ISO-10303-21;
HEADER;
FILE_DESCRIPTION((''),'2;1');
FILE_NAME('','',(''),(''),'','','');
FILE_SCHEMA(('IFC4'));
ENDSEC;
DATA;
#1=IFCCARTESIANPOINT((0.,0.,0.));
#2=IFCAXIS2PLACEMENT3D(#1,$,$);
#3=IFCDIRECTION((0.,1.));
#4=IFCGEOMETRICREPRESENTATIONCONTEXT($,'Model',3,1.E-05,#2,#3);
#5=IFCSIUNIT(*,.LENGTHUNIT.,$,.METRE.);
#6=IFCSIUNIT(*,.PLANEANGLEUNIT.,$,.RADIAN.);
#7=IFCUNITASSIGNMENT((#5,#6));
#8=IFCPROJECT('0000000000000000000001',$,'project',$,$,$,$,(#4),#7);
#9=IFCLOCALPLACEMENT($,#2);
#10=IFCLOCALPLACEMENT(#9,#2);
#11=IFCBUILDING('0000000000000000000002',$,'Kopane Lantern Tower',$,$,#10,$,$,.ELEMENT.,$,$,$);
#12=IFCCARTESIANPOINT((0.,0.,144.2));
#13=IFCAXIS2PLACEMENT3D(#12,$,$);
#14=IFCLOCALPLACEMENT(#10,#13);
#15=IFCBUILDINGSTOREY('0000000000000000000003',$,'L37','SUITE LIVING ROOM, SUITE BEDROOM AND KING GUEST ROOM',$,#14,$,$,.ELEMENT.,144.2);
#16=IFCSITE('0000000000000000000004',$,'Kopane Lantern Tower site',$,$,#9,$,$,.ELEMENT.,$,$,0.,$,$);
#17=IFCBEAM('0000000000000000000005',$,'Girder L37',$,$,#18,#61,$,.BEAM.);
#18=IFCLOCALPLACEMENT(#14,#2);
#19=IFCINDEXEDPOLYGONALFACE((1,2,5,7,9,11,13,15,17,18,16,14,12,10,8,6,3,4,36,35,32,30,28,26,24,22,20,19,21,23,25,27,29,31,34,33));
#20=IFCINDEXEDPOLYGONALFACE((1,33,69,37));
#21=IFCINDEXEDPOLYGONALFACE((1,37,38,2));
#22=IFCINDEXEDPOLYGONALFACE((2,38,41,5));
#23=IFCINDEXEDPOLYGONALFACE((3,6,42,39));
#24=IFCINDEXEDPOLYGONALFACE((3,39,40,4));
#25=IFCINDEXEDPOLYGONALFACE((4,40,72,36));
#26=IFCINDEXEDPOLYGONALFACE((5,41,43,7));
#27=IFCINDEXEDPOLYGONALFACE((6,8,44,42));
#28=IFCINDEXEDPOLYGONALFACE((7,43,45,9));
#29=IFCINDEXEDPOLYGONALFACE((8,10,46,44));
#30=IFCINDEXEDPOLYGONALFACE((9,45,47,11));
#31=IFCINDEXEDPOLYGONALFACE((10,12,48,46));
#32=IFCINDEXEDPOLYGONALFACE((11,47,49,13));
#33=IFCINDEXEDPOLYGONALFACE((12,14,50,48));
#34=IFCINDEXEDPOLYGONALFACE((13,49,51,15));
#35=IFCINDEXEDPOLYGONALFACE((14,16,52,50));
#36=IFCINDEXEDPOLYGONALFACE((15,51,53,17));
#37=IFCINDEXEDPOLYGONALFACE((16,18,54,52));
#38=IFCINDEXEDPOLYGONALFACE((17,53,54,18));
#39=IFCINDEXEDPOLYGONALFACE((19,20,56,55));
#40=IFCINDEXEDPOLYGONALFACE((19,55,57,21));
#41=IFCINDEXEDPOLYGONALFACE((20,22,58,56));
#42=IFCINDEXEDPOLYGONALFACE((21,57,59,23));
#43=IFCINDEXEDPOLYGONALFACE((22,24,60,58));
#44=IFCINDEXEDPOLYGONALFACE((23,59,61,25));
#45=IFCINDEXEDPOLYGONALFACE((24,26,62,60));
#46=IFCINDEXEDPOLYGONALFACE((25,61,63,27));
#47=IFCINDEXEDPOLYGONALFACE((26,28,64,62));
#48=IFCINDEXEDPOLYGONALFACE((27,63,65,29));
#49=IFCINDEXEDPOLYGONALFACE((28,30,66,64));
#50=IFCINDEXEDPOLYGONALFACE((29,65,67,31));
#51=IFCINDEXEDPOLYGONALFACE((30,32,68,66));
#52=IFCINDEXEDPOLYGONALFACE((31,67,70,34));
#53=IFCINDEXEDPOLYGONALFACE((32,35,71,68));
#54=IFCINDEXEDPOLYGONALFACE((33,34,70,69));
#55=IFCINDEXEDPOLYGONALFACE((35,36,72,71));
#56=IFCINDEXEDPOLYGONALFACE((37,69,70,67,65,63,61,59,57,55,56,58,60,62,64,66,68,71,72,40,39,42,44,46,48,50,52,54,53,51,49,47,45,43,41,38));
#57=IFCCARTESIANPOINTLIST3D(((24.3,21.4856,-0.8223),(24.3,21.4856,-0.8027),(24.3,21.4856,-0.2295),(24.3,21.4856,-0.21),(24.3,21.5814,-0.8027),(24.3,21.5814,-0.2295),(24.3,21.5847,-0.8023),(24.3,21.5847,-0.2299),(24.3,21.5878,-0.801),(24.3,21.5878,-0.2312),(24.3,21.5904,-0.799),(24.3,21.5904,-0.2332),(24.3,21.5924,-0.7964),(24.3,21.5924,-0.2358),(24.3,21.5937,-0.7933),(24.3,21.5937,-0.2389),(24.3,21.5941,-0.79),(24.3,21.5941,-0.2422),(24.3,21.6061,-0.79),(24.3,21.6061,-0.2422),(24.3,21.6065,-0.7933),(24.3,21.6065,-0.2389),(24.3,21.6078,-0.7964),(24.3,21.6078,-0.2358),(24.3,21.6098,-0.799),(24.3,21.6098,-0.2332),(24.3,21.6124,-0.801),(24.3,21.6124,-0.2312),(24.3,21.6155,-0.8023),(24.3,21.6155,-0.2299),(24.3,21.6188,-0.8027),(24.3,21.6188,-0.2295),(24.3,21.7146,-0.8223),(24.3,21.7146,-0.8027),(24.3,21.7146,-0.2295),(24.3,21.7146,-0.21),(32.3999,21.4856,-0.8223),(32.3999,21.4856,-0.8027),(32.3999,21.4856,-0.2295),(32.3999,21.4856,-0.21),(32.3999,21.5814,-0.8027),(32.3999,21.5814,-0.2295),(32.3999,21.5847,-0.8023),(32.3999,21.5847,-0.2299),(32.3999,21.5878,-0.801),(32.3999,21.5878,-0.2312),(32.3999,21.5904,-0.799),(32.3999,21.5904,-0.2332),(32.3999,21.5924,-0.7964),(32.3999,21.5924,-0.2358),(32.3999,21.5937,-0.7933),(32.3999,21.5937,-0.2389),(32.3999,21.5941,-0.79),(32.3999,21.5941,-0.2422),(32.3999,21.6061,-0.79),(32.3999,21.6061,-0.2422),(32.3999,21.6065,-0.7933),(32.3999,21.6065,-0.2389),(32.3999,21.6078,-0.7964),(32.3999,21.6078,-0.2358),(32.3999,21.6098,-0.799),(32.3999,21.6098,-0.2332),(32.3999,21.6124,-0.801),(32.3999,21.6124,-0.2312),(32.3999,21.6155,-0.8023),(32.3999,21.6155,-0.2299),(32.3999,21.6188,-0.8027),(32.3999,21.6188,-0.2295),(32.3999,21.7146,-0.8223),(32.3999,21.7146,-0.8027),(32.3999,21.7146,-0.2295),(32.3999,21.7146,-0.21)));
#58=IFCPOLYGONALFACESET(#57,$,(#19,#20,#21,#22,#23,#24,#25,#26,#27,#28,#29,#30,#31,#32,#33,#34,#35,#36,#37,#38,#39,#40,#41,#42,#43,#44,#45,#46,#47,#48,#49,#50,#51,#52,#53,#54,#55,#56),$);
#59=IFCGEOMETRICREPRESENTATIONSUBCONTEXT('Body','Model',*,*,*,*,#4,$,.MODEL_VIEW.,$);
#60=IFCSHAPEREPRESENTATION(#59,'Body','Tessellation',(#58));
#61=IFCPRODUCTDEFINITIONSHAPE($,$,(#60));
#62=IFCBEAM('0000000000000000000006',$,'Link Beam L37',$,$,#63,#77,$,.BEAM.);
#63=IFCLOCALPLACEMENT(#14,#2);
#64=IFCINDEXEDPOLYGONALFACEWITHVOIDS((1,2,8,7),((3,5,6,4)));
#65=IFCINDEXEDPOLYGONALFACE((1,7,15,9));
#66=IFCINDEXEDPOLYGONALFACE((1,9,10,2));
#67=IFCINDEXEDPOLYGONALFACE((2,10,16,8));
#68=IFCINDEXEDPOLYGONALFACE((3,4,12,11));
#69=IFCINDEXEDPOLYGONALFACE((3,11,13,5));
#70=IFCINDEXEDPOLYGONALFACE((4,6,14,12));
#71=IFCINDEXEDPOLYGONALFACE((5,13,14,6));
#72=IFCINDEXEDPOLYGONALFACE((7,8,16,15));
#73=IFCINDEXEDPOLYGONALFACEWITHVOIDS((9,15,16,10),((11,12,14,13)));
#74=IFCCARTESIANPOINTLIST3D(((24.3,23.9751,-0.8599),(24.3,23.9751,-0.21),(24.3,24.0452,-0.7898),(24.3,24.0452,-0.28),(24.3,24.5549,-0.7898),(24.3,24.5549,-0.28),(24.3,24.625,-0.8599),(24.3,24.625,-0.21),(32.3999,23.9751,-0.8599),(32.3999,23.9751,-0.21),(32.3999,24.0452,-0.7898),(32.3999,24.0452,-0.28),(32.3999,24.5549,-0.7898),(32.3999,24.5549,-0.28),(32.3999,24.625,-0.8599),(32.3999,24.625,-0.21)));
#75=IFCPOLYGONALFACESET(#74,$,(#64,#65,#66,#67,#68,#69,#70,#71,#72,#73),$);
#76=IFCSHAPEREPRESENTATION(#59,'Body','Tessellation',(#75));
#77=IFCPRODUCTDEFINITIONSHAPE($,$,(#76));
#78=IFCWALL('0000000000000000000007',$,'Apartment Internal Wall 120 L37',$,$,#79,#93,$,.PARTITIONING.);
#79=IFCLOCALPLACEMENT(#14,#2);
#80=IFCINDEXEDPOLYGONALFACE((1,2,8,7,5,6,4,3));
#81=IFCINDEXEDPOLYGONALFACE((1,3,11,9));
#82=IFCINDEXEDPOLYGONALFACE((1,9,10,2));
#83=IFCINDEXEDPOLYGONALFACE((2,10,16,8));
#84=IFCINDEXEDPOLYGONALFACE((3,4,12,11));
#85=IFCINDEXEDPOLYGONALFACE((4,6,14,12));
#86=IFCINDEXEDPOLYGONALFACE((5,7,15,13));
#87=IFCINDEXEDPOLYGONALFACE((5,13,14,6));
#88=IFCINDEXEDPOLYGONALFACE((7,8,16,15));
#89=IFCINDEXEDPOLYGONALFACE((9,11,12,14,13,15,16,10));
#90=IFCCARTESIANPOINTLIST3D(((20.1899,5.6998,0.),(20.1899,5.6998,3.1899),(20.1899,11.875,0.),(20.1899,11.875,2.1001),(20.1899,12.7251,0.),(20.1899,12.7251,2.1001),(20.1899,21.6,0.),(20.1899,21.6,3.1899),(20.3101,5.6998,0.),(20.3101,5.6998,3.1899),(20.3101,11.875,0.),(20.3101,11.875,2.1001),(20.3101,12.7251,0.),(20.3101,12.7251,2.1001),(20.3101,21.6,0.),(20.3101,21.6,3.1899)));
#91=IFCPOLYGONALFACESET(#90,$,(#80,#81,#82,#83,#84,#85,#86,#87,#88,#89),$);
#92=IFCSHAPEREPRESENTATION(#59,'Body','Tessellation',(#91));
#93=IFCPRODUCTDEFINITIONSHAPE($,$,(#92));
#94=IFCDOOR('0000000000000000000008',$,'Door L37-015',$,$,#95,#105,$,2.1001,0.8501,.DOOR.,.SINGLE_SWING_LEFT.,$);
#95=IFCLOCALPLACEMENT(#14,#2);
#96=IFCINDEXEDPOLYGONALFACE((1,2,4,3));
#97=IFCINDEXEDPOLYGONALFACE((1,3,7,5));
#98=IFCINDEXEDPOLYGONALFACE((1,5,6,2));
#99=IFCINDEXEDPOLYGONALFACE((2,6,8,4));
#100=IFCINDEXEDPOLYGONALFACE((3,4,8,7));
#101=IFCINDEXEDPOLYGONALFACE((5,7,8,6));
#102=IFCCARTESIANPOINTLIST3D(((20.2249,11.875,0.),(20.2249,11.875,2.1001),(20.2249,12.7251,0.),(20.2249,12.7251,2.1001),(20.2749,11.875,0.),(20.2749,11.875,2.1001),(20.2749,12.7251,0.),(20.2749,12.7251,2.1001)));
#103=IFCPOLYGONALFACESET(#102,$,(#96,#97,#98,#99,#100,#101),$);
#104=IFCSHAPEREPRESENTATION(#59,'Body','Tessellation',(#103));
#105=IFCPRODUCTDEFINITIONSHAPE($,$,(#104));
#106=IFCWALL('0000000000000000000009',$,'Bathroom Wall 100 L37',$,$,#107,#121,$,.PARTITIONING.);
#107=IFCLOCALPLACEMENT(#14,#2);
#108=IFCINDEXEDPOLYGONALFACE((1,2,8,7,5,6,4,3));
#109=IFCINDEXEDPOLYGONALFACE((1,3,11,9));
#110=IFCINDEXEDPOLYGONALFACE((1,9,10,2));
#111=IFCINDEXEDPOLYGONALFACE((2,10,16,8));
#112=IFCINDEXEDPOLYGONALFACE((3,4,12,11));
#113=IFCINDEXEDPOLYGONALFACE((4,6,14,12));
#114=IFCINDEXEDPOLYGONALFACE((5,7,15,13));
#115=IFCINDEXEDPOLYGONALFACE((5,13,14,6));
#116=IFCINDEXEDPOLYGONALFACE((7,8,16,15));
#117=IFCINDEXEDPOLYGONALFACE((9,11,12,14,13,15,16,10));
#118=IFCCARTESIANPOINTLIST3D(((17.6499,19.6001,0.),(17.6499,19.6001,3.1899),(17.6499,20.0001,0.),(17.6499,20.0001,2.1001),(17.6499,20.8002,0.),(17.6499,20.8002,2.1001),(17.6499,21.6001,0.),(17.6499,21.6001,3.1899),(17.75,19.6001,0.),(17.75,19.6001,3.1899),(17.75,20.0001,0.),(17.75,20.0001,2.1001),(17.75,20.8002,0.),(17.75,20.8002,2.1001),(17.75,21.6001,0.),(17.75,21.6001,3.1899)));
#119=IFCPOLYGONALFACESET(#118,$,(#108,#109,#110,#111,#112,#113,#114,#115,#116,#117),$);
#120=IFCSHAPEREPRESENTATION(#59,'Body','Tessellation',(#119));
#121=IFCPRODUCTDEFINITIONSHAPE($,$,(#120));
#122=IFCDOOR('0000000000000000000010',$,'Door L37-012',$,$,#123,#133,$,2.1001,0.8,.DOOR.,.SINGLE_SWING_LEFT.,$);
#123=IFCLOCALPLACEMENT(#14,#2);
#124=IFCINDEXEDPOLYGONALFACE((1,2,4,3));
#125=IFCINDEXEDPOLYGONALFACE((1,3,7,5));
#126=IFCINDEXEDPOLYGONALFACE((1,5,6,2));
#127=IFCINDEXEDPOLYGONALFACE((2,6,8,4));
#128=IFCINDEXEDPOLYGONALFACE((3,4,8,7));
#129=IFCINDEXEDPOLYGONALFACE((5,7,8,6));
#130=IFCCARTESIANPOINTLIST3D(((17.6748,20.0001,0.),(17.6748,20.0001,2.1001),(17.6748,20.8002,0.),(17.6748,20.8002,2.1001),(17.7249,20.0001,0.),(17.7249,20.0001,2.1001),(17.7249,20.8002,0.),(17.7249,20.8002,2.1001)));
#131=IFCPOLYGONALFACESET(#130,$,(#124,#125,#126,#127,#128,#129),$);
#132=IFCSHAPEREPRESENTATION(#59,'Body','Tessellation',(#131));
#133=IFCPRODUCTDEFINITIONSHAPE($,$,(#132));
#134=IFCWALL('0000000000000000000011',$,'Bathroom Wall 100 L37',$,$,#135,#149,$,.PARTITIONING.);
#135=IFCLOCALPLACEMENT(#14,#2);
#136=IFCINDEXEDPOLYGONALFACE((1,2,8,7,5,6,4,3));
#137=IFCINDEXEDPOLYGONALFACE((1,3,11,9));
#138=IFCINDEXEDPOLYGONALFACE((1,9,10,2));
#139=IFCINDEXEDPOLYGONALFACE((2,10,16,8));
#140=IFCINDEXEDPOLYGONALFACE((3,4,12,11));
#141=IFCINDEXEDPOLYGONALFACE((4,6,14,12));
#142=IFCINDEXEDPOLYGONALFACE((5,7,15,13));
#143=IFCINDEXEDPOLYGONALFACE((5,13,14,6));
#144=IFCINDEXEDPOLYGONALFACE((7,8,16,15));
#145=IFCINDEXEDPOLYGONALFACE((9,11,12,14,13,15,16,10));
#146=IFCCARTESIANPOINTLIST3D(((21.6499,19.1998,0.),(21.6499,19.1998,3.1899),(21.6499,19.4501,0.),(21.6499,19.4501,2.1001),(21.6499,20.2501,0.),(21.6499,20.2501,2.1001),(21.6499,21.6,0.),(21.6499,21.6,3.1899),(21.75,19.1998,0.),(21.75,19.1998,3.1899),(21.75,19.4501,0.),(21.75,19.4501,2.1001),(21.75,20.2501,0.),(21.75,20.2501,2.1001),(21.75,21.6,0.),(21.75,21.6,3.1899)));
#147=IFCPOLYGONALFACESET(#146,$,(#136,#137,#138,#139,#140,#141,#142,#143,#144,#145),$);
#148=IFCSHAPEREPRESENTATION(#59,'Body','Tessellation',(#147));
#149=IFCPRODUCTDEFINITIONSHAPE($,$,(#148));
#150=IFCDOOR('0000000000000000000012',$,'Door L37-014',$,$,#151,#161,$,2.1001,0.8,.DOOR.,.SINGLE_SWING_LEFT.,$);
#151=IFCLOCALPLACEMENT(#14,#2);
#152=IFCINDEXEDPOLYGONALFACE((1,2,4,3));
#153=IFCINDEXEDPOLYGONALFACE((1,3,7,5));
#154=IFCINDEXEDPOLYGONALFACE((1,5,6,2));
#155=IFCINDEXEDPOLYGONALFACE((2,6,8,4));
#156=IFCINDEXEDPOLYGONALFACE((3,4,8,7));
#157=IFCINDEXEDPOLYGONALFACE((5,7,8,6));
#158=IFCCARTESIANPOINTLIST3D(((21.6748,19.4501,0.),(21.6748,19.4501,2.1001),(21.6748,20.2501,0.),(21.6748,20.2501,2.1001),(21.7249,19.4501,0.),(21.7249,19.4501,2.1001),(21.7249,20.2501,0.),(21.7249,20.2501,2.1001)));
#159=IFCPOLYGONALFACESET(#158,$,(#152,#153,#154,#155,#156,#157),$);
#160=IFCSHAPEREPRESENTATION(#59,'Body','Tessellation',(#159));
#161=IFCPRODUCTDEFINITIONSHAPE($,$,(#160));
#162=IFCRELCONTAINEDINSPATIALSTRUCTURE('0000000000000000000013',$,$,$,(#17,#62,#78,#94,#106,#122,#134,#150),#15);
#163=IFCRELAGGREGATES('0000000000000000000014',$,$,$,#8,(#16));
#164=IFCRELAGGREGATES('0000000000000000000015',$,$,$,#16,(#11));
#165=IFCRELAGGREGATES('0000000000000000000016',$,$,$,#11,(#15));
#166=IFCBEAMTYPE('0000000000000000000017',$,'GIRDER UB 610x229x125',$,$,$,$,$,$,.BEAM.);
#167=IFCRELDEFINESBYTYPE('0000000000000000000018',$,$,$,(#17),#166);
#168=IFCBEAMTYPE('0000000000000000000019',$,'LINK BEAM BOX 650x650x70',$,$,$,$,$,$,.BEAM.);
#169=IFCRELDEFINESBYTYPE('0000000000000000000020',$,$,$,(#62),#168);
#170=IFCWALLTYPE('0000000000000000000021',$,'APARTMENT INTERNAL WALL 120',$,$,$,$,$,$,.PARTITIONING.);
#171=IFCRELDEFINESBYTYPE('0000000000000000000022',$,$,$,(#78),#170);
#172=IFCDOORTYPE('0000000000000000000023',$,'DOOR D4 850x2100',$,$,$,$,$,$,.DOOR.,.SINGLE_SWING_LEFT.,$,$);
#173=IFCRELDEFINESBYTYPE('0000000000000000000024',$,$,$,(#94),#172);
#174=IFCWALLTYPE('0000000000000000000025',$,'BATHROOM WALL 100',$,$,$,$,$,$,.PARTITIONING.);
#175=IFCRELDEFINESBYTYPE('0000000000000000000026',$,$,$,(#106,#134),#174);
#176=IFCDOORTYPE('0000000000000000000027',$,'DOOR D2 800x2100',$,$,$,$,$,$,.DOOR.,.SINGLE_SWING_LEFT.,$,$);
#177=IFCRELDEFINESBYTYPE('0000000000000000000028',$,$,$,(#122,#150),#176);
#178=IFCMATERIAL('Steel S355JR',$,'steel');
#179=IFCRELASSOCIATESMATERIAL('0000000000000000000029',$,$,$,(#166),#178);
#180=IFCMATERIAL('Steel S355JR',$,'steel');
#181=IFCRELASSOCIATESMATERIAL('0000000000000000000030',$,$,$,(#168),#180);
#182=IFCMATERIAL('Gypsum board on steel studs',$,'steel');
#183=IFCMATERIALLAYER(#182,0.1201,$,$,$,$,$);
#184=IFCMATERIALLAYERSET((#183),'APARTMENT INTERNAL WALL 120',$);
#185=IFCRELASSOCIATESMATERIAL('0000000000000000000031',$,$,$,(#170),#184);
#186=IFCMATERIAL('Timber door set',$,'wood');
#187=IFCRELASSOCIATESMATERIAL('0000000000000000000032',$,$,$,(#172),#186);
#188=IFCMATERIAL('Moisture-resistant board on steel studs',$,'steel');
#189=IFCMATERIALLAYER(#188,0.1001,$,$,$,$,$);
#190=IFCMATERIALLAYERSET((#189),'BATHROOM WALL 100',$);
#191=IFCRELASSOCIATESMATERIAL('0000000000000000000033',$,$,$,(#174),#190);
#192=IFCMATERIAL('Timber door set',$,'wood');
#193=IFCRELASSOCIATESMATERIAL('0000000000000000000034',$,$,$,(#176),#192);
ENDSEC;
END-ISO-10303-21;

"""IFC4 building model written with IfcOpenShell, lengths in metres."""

from ifc_helpers import new_model, si_unit, direction, frame, frame_2d, origin, origin_2d, place, context, subcontext, project, spatial, rectangle, hollow_rectangle, i_section, extrude, material, layer, layer_set, material_profile, profile_set, type_object, element, fill, save


model = new_model("IFC4")

# Units and contexts
model_context = context("Model", 3, precision=1e-05, world=origin(), true_north=direction((0.0, 1.0)))
body_context = subcontext(model_context, "Body", "Model", "MODEL_VIEW")
ifc_project = project(units=[si_unit("LENGTHUNIT", "METRE"), si_unit("PLANEANGLEUNIT", "RADIAN")], contexts=[model_context])

# Site, building, storey
site_placement = place(None, origin())
site = spatial("IfcSite", under=ifc_project, at=site_placement, Name="Kopane Lantern Tower site", CompositionType="ELEMENT", RefElevation=0.0)
building_placement = place(site_placement, origin())
building = spatial("IfcBuilding", under=site, at=building_placement, Name="Kopane Lantern Tower", CompositionType="ELEMENT")
storey_placement = place(building_placement, frame((0.0, 0.0, 144.2)))
storey = spatial("IfcBuildingStorey", under=building, at=storey_placement, Name="L37", Description="SUITE LIVING ROOM, SUITE BEDROOM AND KING GUEST ROOM", CompositionType="ELEMENT", Elevation=144.2)

# Beams
ifc_material_1 = material(Name="Steel S355JR", Category="steel")
ifc_material_profile_1 = material_profile(ifc_material_1, i_section(OverallWidth=0.229, OverallDepth=0.6123, WebThickness=0.012, FlangeThickness=0.0195, FilletRadius=0.0127, at=origin_2d()), Name="UB 610x229x125")
ifc_profile_set_1 = profile_set([ifc_material_profile_1], Name="Steel S355JR")
beam_type_1 = type_object("IfcBeamType", Name="GIRDER UB 610x229x125", PredefinedType="BEAM", material=ifc_profile_set_1)
beam_1_placement = place(storey_placement, frame((24.3, 21.6001, -0.5161), z_axis=(1.0, 0.0, 0.0), x_axis=(0.0, 1.0, 0.0)))
element("IfcBeam", 1, at=beam_1_placement, inside=storey, type_object=beam_type_1, Name="Girder L37", PredefinedType="BEAM", context=body_context, shape_type="SweptSolid", body=[
    extrude(i_section(OverallWidth=0.229, OverallDepth=0.6123, WebThickness=0.012, FlangeThickness=0.0195, FilletRadius=0.0127, at=origin_2d()), origin(), (0.0, 0.0, 1.0), 8.0999),
])
ifc_material_2 = material(Name="Steel S355JR", Category="steel")
ifc_material_profile_2 = material_profile(ifc_material_2, hollow_rectangle(XDim=0.6499, YDim=0.6499, WallThickness=0.0701, at=origin_2d()), Name="BOX 650x650x70")
ifc_profile_set_2 = profile_set([ifc_material_profile_2], Name="Steel S355JR")
beam_type_2 = type_object("IfcBeamType", Name="LINK BEAM BOX 650x650x70", PredefinedType="BEAM", material=ifc_profile_set_2)
beam_2_placement = place(storey_placement, frame((24.3, 24.3, -0.5349), z_axis=(1.0, 0.0, 0.0), x_axis=(0.0, 1.0, 0.0)))
element("IfcBeam", 2, at=beam_2_placement, inside=storey, type_object=beam_type_2, Name="Link Beam L37", PredefinedType="BEAM", context=body_context, shape_type="SweptSolid", body=[
    extrude(hollow_rectangle(XDim=0.6499, YDim=0.6499, WallThickness=0.0701, at=origin_2d()), origin(), (0.0, 0.0, 1.0), 8.0999),
])

# Walls, openings, doors
ifc_material_3 = material(Name="Gypsum board on steel studs", Category="steel")
ifc_layer_1 = layer(ifc_material_3, 0.1201)
ifc_layer_set_1 = layer_set([ifc_layer_1], Name="APARTMENT INTERNAL WALL 120")
wall_type_1 = type_object("IfcWallType", Name="APARTMENT INTERNAL WALL 120", PredefinedType="PARTITIONING", material=ifc_layer_set_1)
wall_1_placement = place(storey_placement, frame((20.25, 21.6001, 0.0), z_axis=(0.0, 0.0, 1.0), x_axis=(0.0, -1.0, 0.0)))
wall_1 = element("IfcWall", 3, at=wall_1_placement, inside=storey, type_object=wall_type_1, Name="Apartment Internal Wall 120 L37", PredefinedType="PARTITIONING", context=body_context, shape_type="SweptSolid", body=[
    extrude(rectangle(XDim=15.9001, YDim=0.1201, at=frame_2d((7.9502, 0.0))), origin(), (0.0, 0.0, 1.0), 3.1899),
])
opening_1_placement = place(wall_1_placement, frame((8.875, 0.0, 0.0)))
opening_1 = element("IfcOpeningElement", 4, at=opening_1_placement, cuts=wall_1, PredefinedType="OPENING", context=body_context, shape_type="SweptSolid", body=[
    extrude(rectangle(XDim=0.8501, YDim=2.1001, at=frame_2d((0.425, 1.05))), frame((0.0, 0.0701, 0.0), z_axis=(0.0, -1.0, 0.0), x_axis=(1.0, 0.0, 0.0)), (0.0, 0.0, 1.0), 0.1401),
])
ifc_material_4 = material(Name="Timber door set", Category="wood")
door_type_1 = type_object("IfcDoorType", Name="DOOR D4 850x2100", OperationType="SINGLE_SWING_LEFT", PredefinedType="DOOR", material=ifc_material_4)
door_1_placement = place(opening_1_placement, origin())
door_1 = element("IfcDoor", 5, at=door_1_placement, inside=storey, type_object=door_type_1, Name="Door L37-015", OperationType="SINGLE_SWING_LEFT", OverallHeight=2.1001, OverallWidth=0.8501, PredefinedType="DOOR", context=body_context, shape_type="SweptSolid", body=[
    extrude(rectangle(XDim=0.8501, YDim=2.1001, at=frame_2d((0.425, 1.05))), frame((0.0, 0.0249, 0.0), z_axis=(0.0, -1.0, 0.0), x_axis=(1.0, 0.0, 0.0)), (0.0, 0.0, 1.0), 0.05),
])
fill(opening_1, door_1)
ifc_material_5 = material(Name="Moisture-resistant board on steel studs", Category="steel")
ifc_layer_2 = layer(ifc_material_5, 0.1001)
ifc_layer_set_2 = layer_set([ifc_layer_2], Name="BATHROOM WALL 100")
wall_type_2 = type_object("IfcWallType", Name="BATHROOM WALL 100", PredefinedType="PARTITIONING", material=ifc_layer_set_2)
wall_2_placement = place(storey_placement, frame((17.7, 21.6001, 0.0), z_axis=(0.0, 0.0, 1.0), x_axis=(0.0, -1.0, 0.0)))
wall_2 = element("IfcWall", 6, at=wall_2_placement, inside=storey, type_object=wall_type_2, Name="Bathroom Wall 100 L37", PredefinedType="PARTITIONING", context=body_context, shape_type="SweptSolid", body=[
    extrude(rectangle(XDim=2.0, YDim=0.1001, at=frame_2d((1.0, 0.0))), origin(), (0.0, 0.0, 1.0), 3.1899),
])
opening_2_placement = place(wall_2_placement, frame((0.8, 0.0, 0.0)))
opening_2 = element("IfcOpeningElement", 7, at=opening_2_placement, cuts=wall_2, PredefinedType="OPENING", context=body_context, shape_type="SweptSolid", body=[
    extrude(rectangle(XDim=0.8, YDim=2.1001, at=frame_2d((0.3999, 1.05))), frame((0.0, 0.0601, 0.0), z_axis=(0.0, -1.0, 0.0), x_axis=(1.0, 0.0, 0.0)), (0.0, 0.0, 1.0), 0.1201),
])
ifc_material_6 = material(Name="Timber door set", Category="wood")
door_type_2 = type_object("IfcDoorType", Name="DOOR D2 800x2100", OperationType="SINGLE_SWING_LEFT", PredefinedType="DOOR", material=ifc_material_6)
door_2_placement = place(opening_2_placement, origin())
door_2 = element("IfcDoor", 8, at=door_2_placement, inside=storey, type_object=door_type_2, Name="Door L37-012", OperationType="SINGLE_SWING_LEFT", OverallHeight=2.1001, OverallWidth=0.8, PredefinedType="DOOR", context=body_context, shape_type="SweptSolid", body=[
    extrude(rectangle(XDim=0.8, YDim=2.1001, at=frame_2d((0.3999, 1.05))), frame((0.0, 0.0249, 0.0), z_axis=(0.0, -1.0, 0.0), x_axis=(1.0, 0.0, 0.0)), (0.0, 0.0, 1.0), 0.05),
])
fill(opening_2, door_2)
wall_3_placement = place(storey_placement, frame((21.7, 21.6001, 0.0), z_axis=(0.0, 0.0, 1.0), x_axis=(0.0, -1.0, 0.0)))
wall_3 = element("IfcWall", 9, at=wall_3_placement, inside=storey, type_object=wall_type_2, Name="Bathroom Wall 100 L37", PredefinedType="PARTITIONING", context=body_context, shape_type="SweptSolid", body=[
    extrude(rectangle(XDim=2.4001, YDim=0.1001, at=frame_2d((1.2002, 0.0))), origin(), (0.0, 0.0, 1.0), 3.1899),
])
opening_3_placement = place(wall_3_placement, frame((1.3501, 0.0, 0.0)))
opening_3 = element("IfcOpeningElement", 10, at=opening_3_placement, cuts=wall_3, PredefinedType="OPENING", context=body_context, shape_type="SweptSolid", body=[
    extrude(rectangle(XDim=0.8, YDim=2.1001, at=frame_2d((0.3999, 1.05))), frame((0.0, 0.0601, 0.0), z_axis=(0.0, -1.0, 0.0), x_axis=(1.0, 0.0, 0.0)), (0.0, 0.0, 1.0), 0.1201),
])
door_3_placement = place(opening_3_placement, origin())
door_3 = element("IfcDoor", 11, at=door_3_placement, inside=storey, type_object=door_type_2, Name="Door L37-014", OperationType="SINGLE_SWING_LEFT", OverallHeight=2.1001, OverallWidth=0.8, PredefinedType="DOOR", context=body_context, shape_type="SweptSolid", body=[
    extrude(rectangle(XDim=0.8, YDim=2.1001, at=frame_2d((0.3999, 1.05))), frame((0.0, 0.0249, 0.0), z_axis=(0.0, -1.0, 0.0), x_axis=(1.0, 0.0, 0.0)), (0.0, 0.0, 1.0), 0.05),
])
fill(opening_3, door_3)

save(model, "model.ifc")
